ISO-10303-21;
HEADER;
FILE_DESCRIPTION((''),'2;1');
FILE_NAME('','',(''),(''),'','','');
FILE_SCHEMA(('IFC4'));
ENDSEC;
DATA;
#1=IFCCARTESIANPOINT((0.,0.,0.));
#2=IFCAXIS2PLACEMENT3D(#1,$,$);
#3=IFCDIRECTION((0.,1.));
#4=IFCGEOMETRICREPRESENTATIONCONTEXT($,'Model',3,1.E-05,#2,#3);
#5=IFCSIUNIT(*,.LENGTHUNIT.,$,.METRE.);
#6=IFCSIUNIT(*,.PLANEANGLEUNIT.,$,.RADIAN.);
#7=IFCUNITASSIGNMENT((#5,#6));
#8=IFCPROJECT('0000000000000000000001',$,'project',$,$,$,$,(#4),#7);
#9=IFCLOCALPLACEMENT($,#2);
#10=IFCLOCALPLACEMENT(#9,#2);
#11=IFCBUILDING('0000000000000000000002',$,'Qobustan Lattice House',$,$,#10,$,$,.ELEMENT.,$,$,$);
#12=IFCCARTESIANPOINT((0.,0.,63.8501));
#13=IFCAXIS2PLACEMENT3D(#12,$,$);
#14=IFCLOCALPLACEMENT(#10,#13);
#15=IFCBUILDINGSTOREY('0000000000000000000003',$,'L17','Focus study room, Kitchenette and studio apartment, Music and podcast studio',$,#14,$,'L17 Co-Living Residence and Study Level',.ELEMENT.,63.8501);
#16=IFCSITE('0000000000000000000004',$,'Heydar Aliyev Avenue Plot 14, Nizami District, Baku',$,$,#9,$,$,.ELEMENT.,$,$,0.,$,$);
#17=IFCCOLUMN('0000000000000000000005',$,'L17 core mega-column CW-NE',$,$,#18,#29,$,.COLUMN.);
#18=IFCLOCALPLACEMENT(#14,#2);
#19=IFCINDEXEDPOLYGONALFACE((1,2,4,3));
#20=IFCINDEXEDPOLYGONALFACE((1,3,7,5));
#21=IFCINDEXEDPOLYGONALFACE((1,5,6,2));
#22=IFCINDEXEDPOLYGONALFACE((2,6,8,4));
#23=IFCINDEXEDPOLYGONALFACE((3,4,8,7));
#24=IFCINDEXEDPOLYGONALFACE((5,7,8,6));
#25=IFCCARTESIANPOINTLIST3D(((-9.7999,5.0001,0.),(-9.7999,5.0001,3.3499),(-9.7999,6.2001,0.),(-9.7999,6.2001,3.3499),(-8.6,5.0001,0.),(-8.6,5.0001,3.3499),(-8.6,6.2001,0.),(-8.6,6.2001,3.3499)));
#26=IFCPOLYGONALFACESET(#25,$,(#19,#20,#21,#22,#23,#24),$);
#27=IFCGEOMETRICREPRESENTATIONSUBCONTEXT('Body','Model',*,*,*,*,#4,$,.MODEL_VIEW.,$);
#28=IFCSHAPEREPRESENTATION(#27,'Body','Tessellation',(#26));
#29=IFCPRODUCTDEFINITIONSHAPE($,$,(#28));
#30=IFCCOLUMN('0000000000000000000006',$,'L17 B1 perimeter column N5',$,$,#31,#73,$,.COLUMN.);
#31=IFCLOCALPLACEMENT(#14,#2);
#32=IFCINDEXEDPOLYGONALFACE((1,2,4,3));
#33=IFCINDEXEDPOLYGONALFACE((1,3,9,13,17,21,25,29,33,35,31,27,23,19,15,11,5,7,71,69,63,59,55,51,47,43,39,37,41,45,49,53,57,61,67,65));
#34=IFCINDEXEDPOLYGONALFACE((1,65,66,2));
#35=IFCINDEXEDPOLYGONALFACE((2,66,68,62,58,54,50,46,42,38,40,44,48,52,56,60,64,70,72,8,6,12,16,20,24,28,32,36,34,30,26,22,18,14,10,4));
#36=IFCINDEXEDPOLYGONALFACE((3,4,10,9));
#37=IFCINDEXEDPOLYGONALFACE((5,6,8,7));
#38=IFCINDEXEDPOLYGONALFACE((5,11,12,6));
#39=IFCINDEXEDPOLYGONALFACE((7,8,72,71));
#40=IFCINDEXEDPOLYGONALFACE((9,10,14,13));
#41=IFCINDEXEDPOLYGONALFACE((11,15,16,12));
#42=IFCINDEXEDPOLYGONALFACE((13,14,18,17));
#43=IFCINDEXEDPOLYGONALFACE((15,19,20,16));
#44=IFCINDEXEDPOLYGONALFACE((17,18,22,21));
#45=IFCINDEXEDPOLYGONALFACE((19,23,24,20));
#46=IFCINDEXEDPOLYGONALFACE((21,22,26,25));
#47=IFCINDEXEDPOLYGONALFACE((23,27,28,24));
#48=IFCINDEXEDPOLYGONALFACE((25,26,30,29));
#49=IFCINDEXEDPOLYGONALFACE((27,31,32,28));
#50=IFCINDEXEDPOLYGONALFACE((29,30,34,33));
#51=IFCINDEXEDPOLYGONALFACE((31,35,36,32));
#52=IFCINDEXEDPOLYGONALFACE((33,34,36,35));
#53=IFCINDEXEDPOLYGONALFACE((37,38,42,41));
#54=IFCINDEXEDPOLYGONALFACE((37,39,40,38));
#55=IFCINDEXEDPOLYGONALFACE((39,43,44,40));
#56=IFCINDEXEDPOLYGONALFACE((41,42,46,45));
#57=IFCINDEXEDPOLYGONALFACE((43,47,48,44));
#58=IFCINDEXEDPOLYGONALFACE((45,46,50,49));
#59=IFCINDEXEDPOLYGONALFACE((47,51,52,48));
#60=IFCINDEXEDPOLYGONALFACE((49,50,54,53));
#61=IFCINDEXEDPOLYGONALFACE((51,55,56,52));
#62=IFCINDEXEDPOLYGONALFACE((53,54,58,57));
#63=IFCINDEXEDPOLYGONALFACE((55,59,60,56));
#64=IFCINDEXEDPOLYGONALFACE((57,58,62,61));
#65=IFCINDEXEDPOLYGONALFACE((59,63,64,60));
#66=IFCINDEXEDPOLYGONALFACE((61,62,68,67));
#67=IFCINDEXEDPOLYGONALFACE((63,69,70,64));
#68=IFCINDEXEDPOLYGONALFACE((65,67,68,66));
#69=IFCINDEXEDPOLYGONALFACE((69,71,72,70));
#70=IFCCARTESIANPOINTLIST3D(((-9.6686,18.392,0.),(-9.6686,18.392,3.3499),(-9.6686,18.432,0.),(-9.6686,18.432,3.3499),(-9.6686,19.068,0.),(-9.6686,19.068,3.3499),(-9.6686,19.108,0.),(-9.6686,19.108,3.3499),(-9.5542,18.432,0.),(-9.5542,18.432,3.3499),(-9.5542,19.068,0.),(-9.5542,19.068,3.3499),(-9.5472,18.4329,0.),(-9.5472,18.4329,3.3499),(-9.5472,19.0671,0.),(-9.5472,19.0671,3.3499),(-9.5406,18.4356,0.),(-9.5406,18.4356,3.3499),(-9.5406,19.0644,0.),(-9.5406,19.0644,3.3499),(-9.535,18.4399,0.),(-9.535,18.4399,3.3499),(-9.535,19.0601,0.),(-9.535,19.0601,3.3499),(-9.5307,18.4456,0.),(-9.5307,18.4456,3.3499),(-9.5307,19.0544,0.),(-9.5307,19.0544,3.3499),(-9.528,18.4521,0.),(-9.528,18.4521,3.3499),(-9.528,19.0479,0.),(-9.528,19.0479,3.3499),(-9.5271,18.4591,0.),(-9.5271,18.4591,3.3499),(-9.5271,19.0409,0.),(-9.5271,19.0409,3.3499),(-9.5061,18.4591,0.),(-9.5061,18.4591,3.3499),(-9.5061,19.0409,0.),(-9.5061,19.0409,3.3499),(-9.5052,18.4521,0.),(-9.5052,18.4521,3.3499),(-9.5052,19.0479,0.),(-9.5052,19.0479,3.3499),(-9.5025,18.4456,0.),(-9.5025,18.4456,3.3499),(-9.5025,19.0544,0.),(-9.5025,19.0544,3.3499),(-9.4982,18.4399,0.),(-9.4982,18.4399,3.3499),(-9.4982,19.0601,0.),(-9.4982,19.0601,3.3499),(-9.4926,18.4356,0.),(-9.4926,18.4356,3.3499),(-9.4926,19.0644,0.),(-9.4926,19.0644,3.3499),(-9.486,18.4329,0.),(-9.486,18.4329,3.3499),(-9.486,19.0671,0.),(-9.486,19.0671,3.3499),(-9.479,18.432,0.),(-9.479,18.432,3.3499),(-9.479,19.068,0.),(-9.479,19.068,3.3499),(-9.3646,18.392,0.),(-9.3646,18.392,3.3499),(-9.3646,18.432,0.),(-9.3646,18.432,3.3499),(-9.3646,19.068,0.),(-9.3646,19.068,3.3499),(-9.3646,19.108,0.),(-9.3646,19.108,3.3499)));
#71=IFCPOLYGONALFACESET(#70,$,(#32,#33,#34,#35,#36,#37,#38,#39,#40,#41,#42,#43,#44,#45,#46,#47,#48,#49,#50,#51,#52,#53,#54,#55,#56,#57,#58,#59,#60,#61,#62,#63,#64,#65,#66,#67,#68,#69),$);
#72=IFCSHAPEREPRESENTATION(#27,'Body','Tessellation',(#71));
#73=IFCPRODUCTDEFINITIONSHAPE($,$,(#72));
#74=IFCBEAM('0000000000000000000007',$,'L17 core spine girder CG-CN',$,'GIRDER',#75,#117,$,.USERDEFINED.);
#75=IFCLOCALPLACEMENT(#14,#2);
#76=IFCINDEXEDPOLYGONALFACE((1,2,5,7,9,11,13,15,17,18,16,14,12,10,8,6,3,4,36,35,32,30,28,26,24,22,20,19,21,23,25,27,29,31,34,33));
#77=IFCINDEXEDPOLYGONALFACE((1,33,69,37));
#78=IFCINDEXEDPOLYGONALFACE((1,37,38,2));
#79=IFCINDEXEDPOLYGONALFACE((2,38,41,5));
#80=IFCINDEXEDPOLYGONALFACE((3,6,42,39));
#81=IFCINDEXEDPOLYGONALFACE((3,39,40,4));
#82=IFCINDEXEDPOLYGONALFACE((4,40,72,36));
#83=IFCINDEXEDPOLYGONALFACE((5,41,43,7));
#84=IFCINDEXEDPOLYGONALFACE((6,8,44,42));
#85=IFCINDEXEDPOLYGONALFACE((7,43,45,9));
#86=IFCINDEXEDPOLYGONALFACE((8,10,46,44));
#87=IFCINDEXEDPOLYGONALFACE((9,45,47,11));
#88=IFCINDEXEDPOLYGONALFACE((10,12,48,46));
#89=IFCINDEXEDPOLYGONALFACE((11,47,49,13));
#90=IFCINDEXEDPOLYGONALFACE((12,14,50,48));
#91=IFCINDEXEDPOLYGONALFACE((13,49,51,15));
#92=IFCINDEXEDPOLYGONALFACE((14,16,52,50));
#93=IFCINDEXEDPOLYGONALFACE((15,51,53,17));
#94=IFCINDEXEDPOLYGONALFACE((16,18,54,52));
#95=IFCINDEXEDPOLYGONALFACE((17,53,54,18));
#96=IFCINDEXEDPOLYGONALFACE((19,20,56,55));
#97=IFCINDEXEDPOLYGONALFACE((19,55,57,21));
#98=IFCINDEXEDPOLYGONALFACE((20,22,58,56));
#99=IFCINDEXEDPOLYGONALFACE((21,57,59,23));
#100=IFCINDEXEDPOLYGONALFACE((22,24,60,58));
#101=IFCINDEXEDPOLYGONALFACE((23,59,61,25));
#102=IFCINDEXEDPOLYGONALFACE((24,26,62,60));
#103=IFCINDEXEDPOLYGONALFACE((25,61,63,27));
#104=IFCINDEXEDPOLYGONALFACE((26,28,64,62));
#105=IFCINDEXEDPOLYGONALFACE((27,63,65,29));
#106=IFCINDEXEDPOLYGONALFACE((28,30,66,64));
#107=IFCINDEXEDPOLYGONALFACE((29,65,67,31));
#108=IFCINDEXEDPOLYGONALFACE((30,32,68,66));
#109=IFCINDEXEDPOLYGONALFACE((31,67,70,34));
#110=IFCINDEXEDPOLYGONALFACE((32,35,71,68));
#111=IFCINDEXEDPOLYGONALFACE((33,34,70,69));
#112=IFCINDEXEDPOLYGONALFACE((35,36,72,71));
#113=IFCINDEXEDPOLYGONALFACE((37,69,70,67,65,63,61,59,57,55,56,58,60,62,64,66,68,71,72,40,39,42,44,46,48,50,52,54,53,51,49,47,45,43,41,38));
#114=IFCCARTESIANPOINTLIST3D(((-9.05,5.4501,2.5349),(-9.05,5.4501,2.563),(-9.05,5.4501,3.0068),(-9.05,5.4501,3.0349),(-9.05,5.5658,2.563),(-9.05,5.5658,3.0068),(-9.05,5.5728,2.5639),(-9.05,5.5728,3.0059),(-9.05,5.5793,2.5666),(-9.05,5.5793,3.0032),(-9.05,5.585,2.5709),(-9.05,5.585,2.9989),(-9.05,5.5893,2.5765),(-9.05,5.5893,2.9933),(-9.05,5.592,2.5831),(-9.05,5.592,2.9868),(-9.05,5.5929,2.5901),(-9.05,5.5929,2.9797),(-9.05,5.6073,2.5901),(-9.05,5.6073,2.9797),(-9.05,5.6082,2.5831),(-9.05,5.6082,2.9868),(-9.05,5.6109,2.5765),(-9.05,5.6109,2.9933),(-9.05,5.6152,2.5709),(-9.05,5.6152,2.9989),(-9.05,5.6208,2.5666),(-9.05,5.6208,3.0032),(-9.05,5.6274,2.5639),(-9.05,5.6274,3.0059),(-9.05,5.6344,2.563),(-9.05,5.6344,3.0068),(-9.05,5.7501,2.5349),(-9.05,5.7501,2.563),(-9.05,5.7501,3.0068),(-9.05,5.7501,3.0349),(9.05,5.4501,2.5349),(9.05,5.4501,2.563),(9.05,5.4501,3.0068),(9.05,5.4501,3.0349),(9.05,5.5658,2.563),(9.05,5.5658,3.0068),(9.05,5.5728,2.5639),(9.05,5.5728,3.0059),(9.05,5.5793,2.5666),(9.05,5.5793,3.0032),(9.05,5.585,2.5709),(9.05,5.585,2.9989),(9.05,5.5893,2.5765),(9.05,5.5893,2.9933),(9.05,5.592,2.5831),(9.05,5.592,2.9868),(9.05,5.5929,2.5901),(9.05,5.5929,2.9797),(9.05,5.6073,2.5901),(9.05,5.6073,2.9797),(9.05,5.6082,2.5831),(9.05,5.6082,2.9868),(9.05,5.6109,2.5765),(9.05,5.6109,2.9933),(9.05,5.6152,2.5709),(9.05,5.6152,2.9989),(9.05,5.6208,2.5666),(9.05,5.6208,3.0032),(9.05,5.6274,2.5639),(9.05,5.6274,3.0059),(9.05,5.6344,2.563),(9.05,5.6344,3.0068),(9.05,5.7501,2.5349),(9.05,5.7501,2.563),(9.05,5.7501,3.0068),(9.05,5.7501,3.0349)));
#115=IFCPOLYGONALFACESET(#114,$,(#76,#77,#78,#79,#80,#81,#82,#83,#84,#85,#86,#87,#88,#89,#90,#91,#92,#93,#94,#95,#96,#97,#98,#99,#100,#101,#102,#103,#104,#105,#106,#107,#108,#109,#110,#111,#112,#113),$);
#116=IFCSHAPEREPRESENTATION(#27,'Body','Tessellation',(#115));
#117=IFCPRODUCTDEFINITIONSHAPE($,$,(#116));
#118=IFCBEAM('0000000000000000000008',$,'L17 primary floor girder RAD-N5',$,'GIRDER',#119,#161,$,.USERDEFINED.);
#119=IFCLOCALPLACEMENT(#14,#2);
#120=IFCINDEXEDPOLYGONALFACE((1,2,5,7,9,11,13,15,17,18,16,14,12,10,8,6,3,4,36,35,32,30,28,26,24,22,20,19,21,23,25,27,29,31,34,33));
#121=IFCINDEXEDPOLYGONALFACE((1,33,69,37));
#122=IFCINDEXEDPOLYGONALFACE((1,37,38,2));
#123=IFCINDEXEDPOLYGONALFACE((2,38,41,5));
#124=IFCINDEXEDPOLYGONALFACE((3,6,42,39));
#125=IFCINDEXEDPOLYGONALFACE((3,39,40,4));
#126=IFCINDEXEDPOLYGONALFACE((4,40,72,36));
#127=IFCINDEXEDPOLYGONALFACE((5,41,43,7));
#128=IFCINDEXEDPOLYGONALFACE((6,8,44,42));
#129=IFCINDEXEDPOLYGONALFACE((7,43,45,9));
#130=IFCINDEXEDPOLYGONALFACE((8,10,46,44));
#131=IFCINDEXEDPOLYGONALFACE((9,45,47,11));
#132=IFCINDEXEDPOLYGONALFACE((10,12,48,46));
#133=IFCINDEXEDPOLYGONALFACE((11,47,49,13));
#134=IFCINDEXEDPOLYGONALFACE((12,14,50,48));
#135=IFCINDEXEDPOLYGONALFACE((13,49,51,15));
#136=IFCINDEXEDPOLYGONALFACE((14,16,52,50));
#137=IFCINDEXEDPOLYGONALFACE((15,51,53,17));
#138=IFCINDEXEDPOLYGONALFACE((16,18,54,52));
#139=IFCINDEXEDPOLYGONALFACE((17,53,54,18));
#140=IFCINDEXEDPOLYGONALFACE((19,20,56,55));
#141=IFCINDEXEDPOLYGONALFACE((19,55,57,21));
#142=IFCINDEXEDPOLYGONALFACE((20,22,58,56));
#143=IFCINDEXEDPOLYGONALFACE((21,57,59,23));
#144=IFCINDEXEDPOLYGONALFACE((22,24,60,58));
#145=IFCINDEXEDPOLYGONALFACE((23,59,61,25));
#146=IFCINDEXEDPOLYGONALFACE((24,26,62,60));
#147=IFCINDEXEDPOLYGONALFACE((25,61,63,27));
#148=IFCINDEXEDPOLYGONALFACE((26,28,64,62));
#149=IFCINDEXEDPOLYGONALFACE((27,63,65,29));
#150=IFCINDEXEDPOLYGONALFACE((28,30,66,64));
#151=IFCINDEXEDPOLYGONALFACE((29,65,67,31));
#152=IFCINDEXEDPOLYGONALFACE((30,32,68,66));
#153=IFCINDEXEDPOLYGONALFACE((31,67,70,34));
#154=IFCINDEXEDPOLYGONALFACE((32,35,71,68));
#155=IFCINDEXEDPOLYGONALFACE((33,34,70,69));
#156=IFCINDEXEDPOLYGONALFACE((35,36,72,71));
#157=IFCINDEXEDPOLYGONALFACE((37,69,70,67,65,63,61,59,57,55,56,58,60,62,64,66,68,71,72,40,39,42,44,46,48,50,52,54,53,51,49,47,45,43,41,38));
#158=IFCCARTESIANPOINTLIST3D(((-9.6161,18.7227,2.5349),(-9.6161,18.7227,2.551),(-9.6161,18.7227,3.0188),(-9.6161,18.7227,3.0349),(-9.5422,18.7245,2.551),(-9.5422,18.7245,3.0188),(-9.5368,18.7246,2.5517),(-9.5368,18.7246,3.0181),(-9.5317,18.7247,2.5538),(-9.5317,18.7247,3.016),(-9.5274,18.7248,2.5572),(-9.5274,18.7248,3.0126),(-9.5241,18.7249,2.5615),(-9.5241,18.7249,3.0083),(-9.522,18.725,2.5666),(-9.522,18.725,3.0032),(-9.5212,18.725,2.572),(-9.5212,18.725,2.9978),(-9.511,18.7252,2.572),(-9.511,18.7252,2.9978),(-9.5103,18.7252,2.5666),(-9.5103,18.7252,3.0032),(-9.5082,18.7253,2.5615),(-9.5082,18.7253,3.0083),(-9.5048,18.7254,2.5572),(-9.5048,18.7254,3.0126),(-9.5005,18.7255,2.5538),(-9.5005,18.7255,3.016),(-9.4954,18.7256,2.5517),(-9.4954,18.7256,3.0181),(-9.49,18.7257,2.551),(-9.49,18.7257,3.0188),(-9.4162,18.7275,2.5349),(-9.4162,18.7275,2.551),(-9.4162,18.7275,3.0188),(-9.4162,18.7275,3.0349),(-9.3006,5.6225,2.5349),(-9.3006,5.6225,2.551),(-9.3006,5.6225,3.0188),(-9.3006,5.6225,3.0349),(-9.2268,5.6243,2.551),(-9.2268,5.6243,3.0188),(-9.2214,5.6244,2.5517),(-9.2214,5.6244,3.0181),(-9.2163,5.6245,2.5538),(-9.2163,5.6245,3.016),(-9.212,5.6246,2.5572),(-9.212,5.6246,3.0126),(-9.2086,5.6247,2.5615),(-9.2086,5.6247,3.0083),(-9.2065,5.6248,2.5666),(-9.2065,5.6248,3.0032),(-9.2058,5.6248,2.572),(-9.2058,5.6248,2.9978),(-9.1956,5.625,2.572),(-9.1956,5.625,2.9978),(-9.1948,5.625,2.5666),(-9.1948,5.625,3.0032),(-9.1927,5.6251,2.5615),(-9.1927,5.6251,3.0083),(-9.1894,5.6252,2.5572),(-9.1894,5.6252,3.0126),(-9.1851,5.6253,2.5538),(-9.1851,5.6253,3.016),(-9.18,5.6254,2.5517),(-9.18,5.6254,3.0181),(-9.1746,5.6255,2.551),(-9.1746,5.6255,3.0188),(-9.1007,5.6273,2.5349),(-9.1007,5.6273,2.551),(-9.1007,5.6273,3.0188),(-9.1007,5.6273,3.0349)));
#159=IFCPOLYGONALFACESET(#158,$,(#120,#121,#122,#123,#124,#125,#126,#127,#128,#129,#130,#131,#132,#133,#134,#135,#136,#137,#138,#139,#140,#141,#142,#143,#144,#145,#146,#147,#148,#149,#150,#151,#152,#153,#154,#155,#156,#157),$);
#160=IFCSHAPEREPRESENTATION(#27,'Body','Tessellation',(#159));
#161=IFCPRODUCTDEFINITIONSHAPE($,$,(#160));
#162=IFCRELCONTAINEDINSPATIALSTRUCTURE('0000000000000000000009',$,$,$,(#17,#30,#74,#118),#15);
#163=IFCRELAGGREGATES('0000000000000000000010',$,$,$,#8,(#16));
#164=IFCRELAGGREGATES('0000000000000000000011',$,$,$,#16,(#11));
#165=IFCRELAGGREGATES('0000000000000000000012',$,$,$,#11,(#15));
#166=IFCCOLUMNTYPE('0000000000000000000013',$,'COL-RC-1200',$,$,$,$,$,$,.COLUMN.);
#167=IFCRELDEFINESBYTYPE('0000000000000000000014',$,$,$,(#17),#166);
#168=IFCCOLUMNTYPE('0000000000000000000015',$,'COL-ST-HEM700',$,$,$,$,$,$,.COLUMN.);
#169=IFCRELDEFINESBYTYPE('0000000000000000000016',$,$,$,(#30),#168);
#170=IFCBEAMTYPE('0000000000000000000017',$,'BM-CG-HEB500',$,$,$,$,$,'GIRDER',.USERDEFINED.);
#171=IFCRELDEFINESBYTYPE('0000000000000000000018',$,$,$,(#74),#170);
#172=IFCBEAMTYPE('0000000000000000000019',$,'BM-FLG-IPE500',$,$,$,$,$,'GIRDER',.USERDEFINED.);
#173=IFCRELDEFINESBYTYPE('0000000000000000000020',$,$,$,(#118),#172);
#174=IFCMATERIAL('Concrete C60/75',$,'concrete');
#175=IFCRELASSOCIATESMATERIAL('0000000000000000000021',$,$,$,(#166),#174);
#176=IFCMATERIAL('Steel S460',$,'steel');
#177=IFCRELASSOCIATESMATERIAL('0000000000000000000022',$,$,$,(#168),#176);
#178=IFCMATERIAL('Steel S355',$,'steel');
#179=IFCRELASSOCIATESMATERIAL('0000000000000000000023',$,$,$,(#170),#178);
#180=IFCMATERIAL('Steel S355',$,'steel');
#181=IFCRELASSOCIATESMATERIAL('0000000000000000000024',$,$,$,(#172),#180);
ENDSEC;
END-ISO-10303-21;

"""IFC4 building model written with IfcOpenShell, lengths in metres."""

from ifc_helpers import new_model, si_unit, direction, frame, origin, origin_2d, place, context, subcontext, project, spatial, rectangle, i_section, extrude, material, material_profile, profile_set, type_object, element, save


model = new_model("IFC4")

# Units and contexts
model_context = context("Model", 3, precision=1e-05, world=origin(), true_north=direction((0.0, 1.0)))
body_context = subcontext(model_context, "Body", "Model", "MODEL_VIEW")
ifc_project = project(units=[si_unit("LENGTHUNIT", "METRE"), si_unit("PLANEANGLEUNIT", "RADIAN")], contexts=[model_context])

# Site, building, storey
site_placement = place(None, origin())
site = spatial("IfcSite", under=ifc_project, at=site_placement, Name="Heydar Aliyev Avenue Plot 14, Nizami District, Baku", CompositionType="ELEMENT", RefElevation=0.0)
building_placement = place(site_placement, origin())
building = spatial("IfcBuilding", under=site, at=building_placement, Name="Qobustan Lattice House", CompositionType="ELEMENT")
storey_placement = place(building_placement, frame((0.0, 0.0, 63.8501)))
storey = spatial("IfcBuildingStorey", under=building, at=storey_placement, Name="L17", Description="Focus study room, Kitchenette and studio apartment, Music and podcast studio", LongName="L17 Co-Living Residence and Study Level", CompositionType="ELEMENT", Elevation=63.8501)

# Columns
ifc_material_1 = material(Name="Concrete C60/75", Category="concrete")
ifc_material_profile_1 = material_profile(ifc_material_1, rectangle(XDim=1.2, YDim=1.2, at=origin_2d()), Name="RC1200x1200")
ifc_profile_set_1 = profile_set([ifc_material_profile_1], Name="Concrete C60/75")
column_type_1 = type_object("IfcColumnType", Name="COL-RC-1200", PredefinedType="COLUMN", material=ifc_profile_set_1)
column_1_placement = place(storey_placement, frame((-9.2, 5.6001, 0.0), z_axis=(0.0, 0.0, 1.0), x_axis=(1.0, 0.0, 0.0)))
element("IfcColumn", 1, at=column_1_placement, inside=storey, type_object=column_type_1, Name="L17 core mega-column CW-NE", PredefinedType="COLUMN", context=body_context, shape_type="SweptSolid", body=[
    extrude(rectangle(XDim=1.2, YDim=1.2, at=origin_2d()), origin(), (0.0, 0.0, 1.0), 3.3499),
])
ifc_material_2 = material(Name="Steel S460", Category="steel")
ifc_material_profile_2 = material_profile(ifc_material_2, i_section(OverallWidth=0.304, OverallDepth=0.7161, WebThickness=0.021, FlangeThickness=0.04, FilletRadius=0.0271, at=origin_2d()), Name="HEM700")
ifc_profile_set_2 = profile_set([ifc_material_profile_2], Name="Steel S460")
column_type_2 = type_object("IfcColumnType", Name="COL-ST-HEM700", PredefinedType="COLUMN", material=ifc_profile_set_2)
column_2_placement = place(storey_placement, frame((-9.5166, 18.75, 0.0), z_axis=(0.0, 0.0, 1.0), x_axis=(1.0, 0.0, 0.0)))
element("IfcColumn", 2, at=column_2_placement, inside=storey, type_object=column_type_2, Name="L17 B1 perimeter column N5", PredefinedType="COLUMN", context=body_context, shape_type="SweptSolid", body=[
    extrude(i_section(OverallWidth=0.304, OverallDepth=0.7161, WebThickness=0.021, FlangeThickness=0.04, FilletRadius=0.0271, at=origin_2d()), origin(), (0.0, 0.0, 1.0), 3.3499),
])

# Beams
ifc_material_3 = material(Name="Steel S355", Category="steel")
ifc_material_profile_3 = material_profile(ifc_material_3, i_section(OverallWidth=0.3, OverallDepth=0.5, WebThickness=0.0144, FlangeThickness=0.0281, FilletRadius=0.0271, at=origin_2d()), Name="HEB500")
ifc_profile_set_3 = profile_set([ifc_material_profile_3], Name="Steel S355")
beam_type_1 = type_object("IfcBeamType", Name="BM-CG-HEB500", ElementType="GIRDER", PredefinedType="USERDEFINED", material=ifc_profile_set_3)
beam_1_placement = place(storey_placement, frame((-9.05, 5.6001, 2.7849), z_axis=(1.0, 0.0, 0.0), x_axis=(0.0, 1.0, 0.0)))
element("IfcBeam", 3, at=beam_1_placement, inside=storey, type_object=beam_type_1, Name="L17 core spine girder CG-CN", ObjectType="GIRDER", PredefinedType="USERDEFINED", context=body_context, shape_type="SweptSolid", body=[
    extrude(i_section(OverallWidth=0.3, OverallDepth=0.5, WebThickness=0.0144, FlangeThickness=0.0281, FilletRadius=0.0271, at=origin_2d()), origin(), (0.0, 0.0, 1.0), 18.1001),
])
ifc_material_4 = material(Name="Steel S355", Category="steel")
ifc_material_profile_4 = material_profile(ifc_material_4, i_section(OverallWidth=0.2, OverallDepth=0.5, WebThickness=0.0103, FlangeThickness=0.0161, FilletRadius=0.021, at=origin_2d()), Name="IPE500")
ifc_profile_set_4 = profile_set([ifc_material_profile_4], Name="Steel S355")
beam_type_2 = type_object("IfcBeamType", Name="BM-FLG-IPE500", ElementType="GIRDER", PredefinedType="USERDEFINED", material=ifc_profile_set_4)
beam_2_placement = place(storey_placement, frame((-9.5161, 18.7251, 2.7849), z_axis=(0.024071, -0.99971, 0.0), x_axis=(0.99971, 0.024071, 0.0)))
element("IfcBeam", 4, at=beam_2_placement, inside=storey, type_object=beam_type_2, Name="L17 primary floor girder RAD-N5", ObjectType="GIRDER", PredefinedType="USERDEFINED", context=body_context, shape_type="SweptSolid", body=[
    extrude(i_section(OverallWidth=0.2, OverallDepth=0.5, WebThickness=0.0103, FlangeThickness=0.0161, FilletRadius=0.021, at=origin_2d()), origin(), (0.0, 0.0, 1.0), 13.104),
])

save(model, "model.ifc")
